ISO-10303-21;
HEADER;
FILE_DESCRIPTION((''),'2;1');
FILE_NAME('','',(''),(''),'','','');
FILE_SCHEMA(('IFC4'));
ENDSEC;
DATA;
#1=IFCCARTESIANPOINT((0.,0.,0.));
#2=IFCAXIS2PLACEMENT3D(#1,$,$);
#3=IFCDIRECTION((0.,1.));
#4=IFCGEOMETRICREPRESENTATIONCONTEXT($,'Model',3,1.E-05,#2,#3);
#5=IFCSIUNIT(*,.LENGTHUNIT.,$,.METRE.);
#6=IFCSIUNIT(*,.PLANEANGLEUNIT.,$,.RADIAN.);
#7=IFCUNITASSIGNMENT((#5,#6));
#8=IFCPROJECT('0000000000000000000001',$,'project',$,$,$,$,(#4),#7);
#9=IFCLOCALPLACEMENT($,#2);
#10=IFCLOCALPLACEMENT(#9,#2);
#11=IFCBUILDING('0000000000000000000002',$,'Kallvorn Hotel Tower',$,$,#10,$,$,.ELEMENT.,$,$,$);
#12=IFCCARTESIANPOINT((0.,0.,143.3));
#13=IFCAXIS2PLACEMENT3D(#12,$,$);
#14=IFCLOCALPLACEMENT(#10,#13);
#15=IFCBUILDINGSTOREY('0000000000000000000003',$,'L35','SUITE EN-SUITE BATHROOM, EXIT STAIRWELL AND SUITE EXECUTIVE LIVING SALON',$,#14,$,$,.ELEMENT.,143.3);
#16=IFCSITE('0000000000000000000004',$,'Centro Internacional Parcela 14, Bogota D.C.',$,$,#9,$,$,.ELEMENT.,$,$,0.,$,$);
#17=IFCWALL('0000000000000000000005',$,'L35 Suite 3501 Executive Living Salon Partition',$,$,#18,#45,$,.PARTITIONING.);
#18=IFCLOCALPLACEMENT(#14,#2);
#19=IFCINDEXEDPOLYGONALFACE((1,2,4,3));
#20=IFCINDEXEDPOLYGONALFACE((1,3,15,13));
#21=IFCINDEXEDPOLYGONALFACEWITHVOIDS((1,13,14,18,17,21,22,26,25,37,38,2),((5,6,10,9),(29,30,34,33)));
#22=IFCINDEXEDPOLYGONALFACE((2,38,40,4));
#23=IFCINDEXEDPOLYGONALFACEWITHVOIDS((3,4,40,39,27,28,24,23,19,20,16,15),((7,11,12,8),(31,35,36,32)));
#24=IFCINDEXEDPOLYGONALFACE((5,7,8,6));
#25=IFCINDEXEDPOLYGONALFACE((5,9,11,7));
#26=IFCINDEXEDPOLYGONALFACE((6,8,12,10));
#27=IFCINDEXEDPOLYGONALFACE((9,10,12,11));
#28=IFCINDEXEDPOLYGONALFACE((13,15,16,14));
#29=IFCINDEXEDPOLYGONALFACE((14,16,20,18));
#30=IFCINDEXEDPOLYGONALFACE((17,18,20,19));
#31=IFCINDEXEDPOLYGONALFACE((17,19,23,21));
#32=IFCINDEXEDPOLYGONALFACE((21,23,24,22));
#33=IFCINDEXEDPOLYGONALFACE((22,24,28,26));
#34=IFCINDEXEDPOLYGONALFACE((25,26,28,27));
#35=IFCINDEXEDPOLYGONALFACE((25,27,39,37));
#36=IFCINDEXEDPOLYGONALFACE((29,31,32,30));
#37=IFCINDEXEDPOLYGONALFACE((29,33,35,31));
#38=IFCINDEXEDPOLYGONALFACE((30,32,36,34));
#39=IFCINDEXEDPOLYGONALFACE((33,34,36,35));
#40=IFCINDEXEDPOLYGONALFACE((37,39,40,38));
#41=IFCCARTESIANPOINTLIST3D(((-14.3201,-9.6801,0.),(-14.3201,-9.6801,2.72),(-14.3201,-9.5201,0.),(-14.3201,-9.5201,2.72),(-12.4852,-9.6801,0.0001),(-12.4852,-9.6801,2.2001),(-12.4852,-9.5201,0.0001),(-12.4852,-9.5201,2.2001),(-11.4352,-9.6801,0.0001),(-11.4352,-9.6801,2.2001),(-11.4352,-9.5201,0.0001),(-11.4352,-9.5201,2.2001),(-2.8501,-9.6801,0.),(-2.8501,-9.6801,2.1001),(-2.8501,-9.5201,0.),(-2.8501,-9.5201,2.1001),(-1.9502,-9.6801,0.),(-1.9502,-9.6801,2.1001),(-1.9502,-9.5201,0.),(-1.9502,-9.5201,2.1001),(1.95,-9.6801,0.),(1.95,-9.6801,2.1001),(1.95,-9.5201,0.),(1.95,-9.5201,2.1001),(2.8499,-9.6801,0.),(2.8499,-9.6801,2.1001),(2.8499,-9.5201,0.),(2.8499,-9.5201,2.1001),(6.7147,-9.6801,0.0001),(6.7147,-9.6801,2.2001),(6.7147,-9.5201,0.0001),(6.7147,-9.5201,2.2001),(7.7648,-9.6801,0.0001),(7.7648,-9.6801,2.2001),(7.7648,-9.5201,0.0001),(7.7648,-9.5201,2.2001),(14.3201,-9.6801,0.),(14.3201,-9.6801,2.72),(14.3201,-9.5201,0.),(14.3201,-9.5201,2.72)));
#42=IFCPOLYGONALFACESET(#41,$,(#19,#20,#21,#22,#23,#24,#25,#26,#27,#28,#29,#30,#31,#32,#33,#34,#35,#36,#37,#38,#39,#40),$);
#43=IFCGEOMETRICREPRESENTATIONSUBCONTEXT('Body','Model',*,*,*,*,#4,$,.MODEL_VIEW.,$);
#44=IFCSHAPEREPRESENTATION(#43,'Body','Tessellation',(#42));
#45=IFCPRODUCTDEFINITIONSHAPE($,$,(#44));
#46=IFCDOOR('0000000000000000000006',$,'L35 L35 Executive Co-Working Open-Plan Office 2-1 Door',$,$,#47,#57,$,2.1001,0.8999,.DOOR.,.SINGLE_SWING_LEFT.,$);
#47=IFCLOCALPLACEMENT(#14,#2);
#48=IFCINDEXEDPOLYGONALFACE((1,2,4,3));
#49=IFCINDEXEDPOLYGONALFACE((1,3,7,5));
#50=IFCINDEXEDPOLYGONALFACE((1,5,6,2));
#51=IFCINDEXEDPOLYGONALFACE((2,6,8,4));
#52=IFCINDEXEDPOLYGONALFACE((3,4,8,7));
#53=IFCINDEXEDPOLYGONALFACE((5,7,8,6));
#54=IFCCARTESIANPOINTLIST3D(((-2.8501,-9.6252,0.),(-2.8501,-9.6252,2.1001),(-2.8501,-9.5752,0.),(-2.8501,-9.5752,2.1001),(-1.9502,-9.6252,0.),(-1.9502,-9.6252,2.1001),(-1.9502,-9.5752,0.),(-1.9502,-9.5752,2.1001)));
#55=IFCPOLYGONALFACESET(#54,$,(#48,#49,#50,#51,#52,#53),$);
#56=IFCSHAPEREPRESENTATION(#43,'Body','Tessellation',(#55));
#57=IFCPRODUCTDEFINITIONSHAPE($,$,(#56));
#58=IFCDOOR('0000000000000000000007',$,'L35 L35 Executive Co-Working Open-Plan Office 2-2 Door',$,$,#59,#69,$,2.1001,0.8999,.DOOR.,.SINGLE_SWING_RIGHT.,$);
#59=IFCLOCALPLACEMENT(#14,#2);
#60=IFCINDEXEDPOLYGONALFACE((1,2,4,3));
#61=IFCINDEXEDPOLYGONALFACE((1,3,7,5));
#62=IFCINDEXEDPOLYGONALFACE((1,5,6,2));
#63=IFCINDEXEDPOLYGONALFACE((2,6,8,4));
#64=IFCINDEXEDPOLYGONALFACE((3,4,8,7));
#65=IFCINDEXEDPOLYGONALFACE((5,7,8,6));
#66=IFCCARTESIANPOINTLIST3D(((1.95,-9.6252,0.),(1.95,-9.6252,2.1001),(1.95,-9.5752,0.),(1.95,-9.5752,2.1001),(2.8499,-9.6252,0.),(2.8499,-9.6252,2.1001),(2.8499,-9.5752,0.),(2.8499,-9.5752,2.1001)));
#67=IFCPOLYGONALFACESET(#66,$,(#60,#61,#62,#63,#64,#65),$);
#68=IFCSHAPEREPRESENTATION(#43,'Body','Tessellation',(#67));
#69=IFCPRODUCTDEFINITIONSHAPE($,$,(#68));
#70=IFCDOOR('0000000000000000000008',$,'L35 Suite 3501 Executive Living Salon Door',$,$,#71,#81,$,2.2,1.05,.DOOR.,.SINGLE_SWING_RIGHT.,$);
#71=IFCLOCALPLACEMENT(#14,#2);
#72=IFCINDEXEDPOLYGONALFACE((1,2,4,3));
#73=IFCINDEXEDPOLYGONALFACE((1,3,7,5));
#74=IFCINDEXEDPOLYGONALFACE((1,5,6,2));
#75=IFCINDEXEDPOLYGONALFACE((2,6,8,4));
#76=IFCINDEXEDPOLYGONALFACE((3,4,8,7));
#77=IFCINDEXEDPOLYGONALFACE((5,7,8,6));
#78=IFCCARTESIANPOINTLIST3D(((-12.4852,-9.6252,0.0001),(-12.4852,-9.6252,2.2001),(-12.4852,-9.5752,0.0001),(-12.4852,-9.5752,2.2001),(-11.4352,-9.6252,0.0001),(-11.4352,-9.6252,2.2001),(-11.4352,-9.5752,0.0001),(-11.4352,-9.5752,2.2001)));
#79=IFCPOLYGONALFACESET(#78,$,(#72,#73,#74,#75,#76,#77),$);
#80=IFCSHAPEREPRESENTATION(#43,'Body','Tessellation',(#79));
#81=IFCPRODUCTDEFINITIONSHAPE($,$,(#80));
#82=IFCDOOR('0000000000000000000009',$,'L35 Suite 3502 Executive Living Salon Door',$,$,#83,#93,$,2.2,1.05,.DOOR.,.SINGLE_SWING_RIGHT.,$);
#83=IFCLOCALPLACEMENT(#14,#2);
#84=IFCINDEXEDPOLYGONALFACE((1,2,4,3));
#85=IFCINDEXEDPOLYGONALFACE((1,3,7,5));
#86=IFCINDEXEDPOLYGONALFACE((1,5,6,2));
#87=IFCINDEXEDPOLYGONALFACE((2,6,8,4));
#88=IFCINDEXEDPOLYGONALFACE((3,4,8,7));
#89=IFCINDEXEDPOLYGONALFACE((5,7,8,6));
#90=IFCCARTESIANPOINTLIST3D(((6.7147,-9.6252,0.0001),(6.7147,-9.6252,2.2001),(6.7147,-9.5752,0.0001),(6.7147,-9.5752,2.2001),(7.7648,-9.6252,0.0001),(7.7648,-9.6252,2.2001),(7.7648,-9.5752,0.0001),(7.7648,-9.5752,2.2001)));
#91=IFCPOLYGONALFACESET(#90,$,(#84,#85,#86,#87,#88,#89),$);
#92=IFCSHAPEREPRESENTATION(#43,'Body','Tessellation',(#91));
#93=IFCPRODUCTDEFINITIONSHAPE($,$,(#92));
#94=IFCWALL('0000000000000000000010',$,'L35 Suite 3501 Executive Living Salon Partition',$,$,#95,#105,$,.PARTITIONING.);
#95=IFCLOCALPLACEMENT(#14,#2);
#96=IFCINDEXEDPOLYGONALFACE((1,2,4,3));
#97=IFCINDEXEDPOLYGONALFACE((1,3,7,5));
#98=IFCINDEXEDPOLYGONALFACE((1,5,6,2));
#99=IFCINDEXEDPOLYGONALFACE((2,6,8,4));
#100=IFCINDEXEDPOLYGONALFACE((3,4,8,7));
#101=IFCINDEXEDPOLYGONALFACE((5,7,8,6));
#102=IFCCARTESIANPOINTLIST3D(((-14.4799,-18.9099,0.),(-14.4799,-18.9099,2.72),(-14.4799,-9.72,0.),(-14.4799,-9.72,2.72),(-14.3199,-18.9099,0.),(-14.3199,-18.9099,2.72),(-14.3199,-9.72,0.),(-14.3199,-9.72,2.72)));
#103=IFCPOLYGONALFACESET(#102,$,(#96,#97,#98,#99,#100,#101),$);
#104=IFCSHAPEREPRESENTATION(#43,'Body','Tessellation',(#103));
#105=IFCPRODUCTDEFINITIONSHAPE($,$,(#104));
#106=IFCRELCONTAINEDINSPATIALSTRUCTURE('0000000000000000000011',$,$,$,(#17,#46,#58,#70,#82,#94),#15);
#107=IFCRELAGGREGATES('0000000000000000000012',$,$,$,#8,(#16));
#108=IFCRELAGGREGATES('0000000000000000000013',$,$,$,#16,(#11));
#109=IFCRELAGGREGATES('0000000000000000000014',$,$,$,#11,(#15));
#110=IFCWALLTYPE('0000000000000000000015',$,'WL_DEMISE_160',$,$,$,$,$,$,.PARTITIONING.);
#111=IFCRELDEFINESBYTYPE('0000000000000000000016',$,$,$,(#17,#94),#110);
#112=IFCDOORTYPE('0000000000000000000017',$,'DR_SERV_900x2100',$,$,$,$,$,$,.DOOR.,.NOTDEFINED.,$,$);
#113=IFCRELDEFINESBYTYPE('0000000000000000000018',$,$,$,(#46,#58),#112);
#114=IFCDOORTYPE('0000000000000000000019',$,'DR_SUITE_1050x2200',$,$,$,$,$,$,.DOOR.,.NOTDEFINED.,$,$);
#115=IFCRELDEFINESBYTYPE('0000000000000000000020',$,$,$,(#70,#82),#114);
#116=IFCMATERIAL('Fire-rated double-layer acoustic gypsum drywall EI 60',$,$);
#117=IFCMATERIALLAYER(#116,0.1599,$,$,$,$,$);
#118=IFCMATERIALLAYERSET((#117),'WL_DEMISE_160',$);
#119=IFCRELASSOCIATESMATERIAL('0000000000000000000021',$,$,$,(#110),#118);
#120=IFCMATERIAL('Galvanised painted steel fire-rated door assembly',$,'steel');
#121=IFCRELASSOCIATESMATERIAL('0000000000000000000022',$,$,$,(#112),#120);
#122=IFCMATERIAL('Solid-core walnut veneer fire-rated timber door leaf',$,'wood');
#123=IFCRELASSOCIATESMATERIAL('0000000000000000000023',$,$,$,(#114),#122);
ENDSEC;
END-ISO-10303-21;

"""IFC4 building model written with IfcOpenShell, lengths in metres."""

from ifc_helpers import new_model, si_unit, direction, frame, frame_2d, origin, place, context, subcontext, project, spatial, rectangle, extrude, material, layer, layer_set, type_object, element, fill, save


model = new_model("IFC4")

# Units and contexts
model_context = context("Model", 3, precision=1e-05, world=origin(), true_north=direction((0.0, 1.0)))
body_context = subcontext(model_context, "Body", "Model", "MODEL_VIEW")
ifc_project = project(units=[si_unit("LENGTHUNIT", "METRE"), si_unit("PLANEANGLEUNIT", "RADIAN")], contexts=[model_context])

# Site, building, storey
site_placement = place(None, origin())
site = spatial("IfcSite", under=ifc_project, at=site_placement, Name="Centro Internacional Parcela 14, Bogota D.C.", CompositionType="ELEMENT", RefElevation=0.0)
building_placement = place(site_placement, origin())
building = spatial("IfcBuilding", under=site, at=building_placement, Name="Kallvorn Hotel Tower", CompositionType="ELEMENT")
storey_placement = place(building_placement, frame((0.0, 0.0, 143.3)))
storey = spatial("IfcBuildingStorey", under=building, at=storey_placement, Name="L35", Description="SUITE EN-SUITE BATHROOM, EXIT STAIRWELL AND SUITE EXECUTIVE LIVING SALON", CompositionType="ELEMENT", Elevation=143.3)

# Wall, openings, doors
ifc_material_1 = material(Name="Fire-rated double-layer acoustic gypsum drywall EI 60")
ifc_layer = layer(ifc_material_1, 0.1599)
ifc_layer_set = layer_set([ifc_layer], Name="WL_DEMISE_160")
wall_type = type_object("IfcWallType", Name="WL_DEMISE_160", PredefinedType="PARTITIONING", material=ifc_layer_set)
wall_1_placement = place(storey_placement, frame((-14.3201, -9.6001, 0.0), z_axis=(0.0, 0.0, 1.0), x_axis=(1.0, 0.0, 0.0)))
wall_1 = element("IfcWall", 1, at=wall_1_placement, inside=storey, type_object=wall_type, Name="L35 Suite 3501 Executive Living Salon Partition", PredefinedType="PARTITIONING", context=body_context, shape_type="SweptSolid", body=[
    extrude(rectangle(XDim=28.6401, YDim=0.1599, at=frame_2d((14.3201, 0.0))), origin(), (0.0, 0.0, 1.0), 2.72),
])
opening_1_placement = place(wall_1_placement, frame((1.835, 0.0, 0.0)))
opening_1 = element("IfcOpeningElement", 2, at=opening_1_placement, cuts=wall_1, PredefinedType="OPENING", context=body_context, shape_type="SweptSolid", body=[
    extrude(rectangle(XDim=1.05, YDim=2.2, at=frame_2d((0.5249, 1.1001))), frame((0.0, 0.095, 0.0), z_axis=(0.0, -1.0, 0.0), x_axis=(1.0, 0.0, 0.0)), (0.0, 0.0, 1.0), 0.1899),
])
opening_2_placement = place(wall_1_placement, frame((11.47, 0.0, 0.0)))
opening_2 = element("IfcOpeningElement", 3, at=opening_2_placement, cuts=wall_1, PredefinedType="OPENING", context=body_context, shape_type="SweptSolid", body=[
    extrude(rectangle(XDim=0.8999, YDim=2.1001, at=frame_2d((0.45, 1.05))), frame((0.0, 0.095, 0.0), z_axis=(0.0, -1.0, 0.0), x_axis=(1.0, 0.0, 0.0)), (0.0, 0.0, 1.0), 0.1899),
])
opening_3_placement = place(wall_1_placement, frame((16.27, 0.0, 0.0)))
opening_3 = element("IfcOpeningElement", 4, at=opening_3_placement, cuts=wall_1, PredefinedType="OPENING", context=body_context, shape_type="SweptSolid", body=[
    extrude(rectangle(XDim=0.8999, YDim=2.1001, at=frame_2d((0.45, 1.05))), frame((0.0, 0.095, 0.0), z_axis=(0.0, -1.0, 0.0), x_axis=(1.0, 0.0, 0.0)), (0.0, 0.0, 1.0), 0.1899),
])
opening_4_placement = place(wall_1_placement, frame((21.0349, 0.0, 0.0)))
opening_4 = element("IfcOpeningElement", 5, at=opening_4_placement, cuts=wall_1, PredefinedType="OPENING", context=body_context, shape_type="SweptSolid", body=[
    extrude(rectangle(XDim=1.05, YDim=2.2, at=frame_2d((0.5249, 1.1001))), frame((0.0, 0.095, 0.0), z_axis=(0.0, -1.0, 0.0), x_axis=(1.0, 0.0, 0.0)), (0.0, 0.0, 1.0), 0.1899),
])
ifc_material_2 = material(Name="Galvanised painted steel fire-rated door assembly", Category="steel")
door_type_1 = type_object("IfcDoorType", Name="DR_SERV_900x2100", OperationType="NOTDEFINED", PredefinedType="DOOR", material=ifc_material_2)
door_1_placement = place(opening_2_placement, origin())
door_1 = element("IfcDoor", 6, at=door_1_placement, inside=storey, type_object=door_type_1, Name="L35 L35 Executive Co-Working Open-Plan Office 2-1 Door", OperationType="SINGLE_SWING_LEFT", OverallHeight=2.1001, OverallWidth=0.8999, PredefinedType="DOOR", context=body_context, shape_type="SweptSolid", body=[
    extrude(rectangle(XDim=0.8999, YDim=2.1001, at=frame_2d((0.45, 1.05))), frame((0.0, 0.0249, 0.0), z_axis=(0.0, -1.0, 0.0), x_axis=(1.0, 0.0, 0.0)), (0.0, 0.0, 1.0), 0.05),
])
fill(opening_2, door_1)
door_2_placement = place(opening_3_placement, origin())
door_2 = element("IfcDoor", 7, at=door_2_placement, inside=storey, type_object=door_type_1, Name="L35 L35 Executive Co-Working Open-Plan Office 2-2 Door", OperationType="SINGLE_SWING_RIGHT", OverallHeight=2.1001, OverallWidth=0.8999, PredefinedType="DOOR", context=body_context, shape_type="SweptSolid", body=[
    extrude(rectangle(XDim=0.8999, YDim=2.1001, at=frame_2d((0.45, 1.05))), frame((0.0, 0.0249, 0.0), z_axis=(0.0, -1.0, 0.0), x_axis=(1.0, 0.0, 0.0)), (0.0, 0.0, 1.0), 0.05),
])
fill(opening_3, door_2)
ifc_material_3 = material(Name="Solid-core walnut veneer fire-rated timber door leaf", Category="wood")
door_type_2 = type_object("IfcDoorType", Name="DR_SUITE_1050x2200", OperationType="NOTDEFINED", PredefinedType="DOOR", material=ifc_material_3)
door_3_placement = place(opening_1_placement, origin())
door_3 = element("IfcDoor", 8, at=door_3_placement, inside=storey, type_object=door_type_2, Name="L35 Suite 3501 Executive Living Salon Door", OperationType="SINGLE_SWING_RIGHT", OverallHeight=2.2, OverallWidth=1.05, PredefinedType="DOOR", context=body_context, shape_type="SweptSolid", body=[
    extrude(rectangle(XDim=1.05, YDim=2.2, at=frame_2d((0.5249, 1.1001))), frame((0.0, 0.0249, 0.0), z_axis=(0.0, -1.0, 0.0), x_axis=(1.0, 0.0, 0.0)), (0.0, 0.0, 1.0), 0.05),
])
fill(opening_1, door_3)
door_4_placement = place(opening_4_placement, origin())
door_4 = element("IfcDoor", 9, at=door_4_placement, inside=storey, type_object=door_type_2, Name="L35 Suite 3502 Executive Living Salon Door", OperationType="SINGLE_SWING_RIGHT", OverallHeight=2.2, OverallWidth=1.05, PredefinedType="DOOR", context=body_context, shape_type="SweptSolid", body=[
    extrude(rectangle(XDim=1.05, YDim=2.2, at=frame_2d((0.5249, 1.1001))), frame((0.0, 0.0249, 0.0), z_axis=(0.0, -1.0, 0.0), x_axis=(1.0, 0.0, 0.0)), (0.0, 0.0, 1.0), 0.05),
])
fill(opening_4, door_4)

# Wall
wall_2_placement = place(storey_placement, frame((-14.3999, -18.9099, 0.0), z_axis=(0.0, 0.0, 1.0), x_axis=(0.0, 1.0, 0.0)))
element("IfcWall", 10, at=wall_2_placement, inside=storey, type_object=wall_type, Name="L35 Suite 3501 Executive Living Salon Partition", PredefinedType="PARTITIONING", context=body_context, shape_type="SweptSolid", body=[
    extrude(rectangle(XDim=9.1899, YDim=0.1599, at=frame_2d((4.595, 0.0))), origin(), (0.0, 0.0, 1.0), 2.72),
])

save(model, "model.ifc")
